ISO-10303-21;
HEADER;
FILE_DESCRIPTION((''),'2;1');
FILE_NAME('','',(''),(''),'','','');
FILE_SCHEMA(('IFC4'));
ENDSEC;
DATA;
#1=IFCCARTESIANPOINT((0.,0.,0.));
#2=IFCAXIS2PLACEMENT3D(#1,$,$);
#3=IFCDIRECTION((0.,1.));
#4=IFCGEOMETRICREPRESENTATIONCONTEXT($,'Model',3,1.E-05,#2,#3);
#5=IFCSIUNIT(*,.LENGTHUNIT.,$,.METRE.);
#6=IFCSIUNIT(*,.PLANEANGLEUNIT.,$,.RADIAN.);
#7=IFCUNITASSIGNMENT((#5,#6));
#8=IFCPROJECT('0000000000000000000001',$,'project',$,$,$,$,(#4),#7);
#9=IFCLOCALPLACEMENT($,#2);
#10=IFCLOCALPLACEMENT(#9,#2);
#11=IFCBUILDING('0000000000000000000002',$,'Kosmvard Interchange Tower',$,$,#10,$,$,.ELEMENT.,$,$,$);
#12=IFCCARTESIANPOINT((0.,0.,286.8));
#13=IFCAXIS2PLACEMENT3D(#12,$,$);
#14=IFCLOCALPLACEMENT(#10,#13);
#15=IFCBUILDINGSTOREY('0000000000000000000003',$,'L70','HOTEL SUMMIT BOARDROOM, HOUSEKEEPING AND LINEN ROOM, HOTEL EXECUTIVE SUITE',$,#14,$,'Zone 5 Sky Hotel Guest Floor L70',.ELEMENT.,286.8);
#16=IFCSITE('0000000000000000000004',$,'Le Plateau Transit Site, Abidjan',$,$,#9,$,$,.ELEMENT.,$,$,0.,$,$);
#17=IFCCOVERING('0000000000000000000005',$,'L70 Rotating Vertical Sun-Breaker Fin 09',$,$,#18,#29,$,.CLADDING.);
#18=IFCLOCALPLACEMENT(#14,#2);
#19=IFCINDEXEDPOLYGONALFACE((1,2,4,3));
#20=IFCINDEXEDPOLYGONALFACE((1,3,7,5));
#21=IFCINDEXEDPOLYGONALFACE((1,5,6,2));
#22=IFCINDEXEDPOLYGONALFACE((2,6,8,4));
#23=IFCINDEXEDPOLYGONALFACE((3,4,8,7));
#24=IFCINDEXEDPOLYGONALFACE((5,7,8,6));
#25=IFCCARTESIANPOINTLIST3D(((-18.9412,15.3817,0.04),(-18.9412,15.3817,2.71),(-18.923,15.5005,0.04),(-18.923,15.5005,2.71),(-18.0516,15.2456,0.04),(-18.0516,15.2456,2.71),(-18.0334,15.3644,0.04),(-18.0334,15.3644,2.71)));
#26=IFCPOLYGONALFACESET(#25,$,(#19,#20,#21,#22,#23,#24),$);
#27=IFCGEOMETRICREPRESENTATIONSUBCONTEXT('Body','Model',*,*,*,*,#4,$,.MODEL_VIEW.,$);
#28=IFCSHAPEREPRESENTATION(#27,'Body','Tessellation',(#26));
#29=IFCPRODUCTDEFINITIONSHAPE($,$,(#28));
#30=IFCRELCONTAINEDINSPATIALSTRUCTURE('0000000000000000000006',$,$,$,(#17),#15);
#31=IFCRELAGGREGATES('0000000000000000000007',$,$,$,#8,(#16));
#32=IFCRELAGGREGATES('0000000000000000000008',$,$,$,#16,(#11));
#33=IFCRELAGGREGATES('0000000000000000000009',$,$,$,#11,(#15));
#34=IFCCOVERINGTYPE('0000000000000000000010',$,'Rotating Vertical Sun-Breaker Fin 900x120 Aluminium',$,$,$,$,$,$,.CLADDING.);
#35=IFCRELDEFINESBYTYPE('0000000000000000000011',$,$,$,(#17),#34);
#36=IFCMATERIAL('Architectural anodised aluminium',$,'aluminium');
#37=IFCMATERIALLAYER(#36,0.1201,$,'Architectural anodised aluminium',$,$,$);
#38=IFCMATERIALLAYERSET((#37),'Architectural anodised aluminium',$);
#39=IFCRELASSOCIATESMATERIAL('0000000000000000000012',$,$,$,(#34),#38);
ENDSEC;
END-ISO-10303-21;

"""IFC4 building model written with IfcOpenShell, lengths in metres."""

from ifc_helpers import new_model, si_unit, direction, frame, origin, origin_2d, place, context, subcontext, project, spatial, rectangle, extrude, source, transform, mapped, material, layer, layer_set, type_object, element, save


model = new_model("IFC4")

# Units and contexts
model_context = context("Model", 3, precision=1e-05, world=origin(), true_north=direction((0.0, 1.0)))
body_context = subcontext(model_context, "Body", "Model", "MODEL_VIEW")
ifc_project = project(units=[si_unit("LENGTHUNIT", "METRE"), si_unit("PLANEANGLEUNIT", "RADIAN")], contexts=[model_context])

# Site, building, storey
site_placement = place(None, origin())
site = spatial("IfcSite", under=ifc_project, at=site_placement, Name="Le Plateau Transit Site, Abidjan", CompositionType="ELEMENT", RefElevation=0.0)
building_placement = place(site_placement, origin())
building = spatial("IfcBuilding", under=site, at=building_placement, Name="Kosmvard Interchange Tower", CompositionType="ELEMENT")
storey_placement = place(building_placement, frame((0.0, 0.0, 286.8)))
storey = spatial("IfcBuildingStorey", under=building, at=storey_placement, Name="L70", Description="HOTEL SUMMIT BOARDROOM, HOUSEKEEPING AND LINEN ROOM, HOTEL EXECUTIVE SUITE", LongName="Zone 5 Sky Hotel Guest Floor L70", CompositionType="ELEMENT", Elevation=286.8)

# Covering
ifc_material_1 = material(Name="Architectural anodised aluminium", Category="aluminium")
ifc_layer_1 = layer(ifc_material_1, 0.1201, Name="Architectural anodised aluminium")
ifc_layer_set_1 = layer_set([ifc_layer_1], Name="Architectural anodised aluminium")
covering_type = type_object("IfcCoveringType", Name="Rotating Vertical Sun-Breaker Fin 900x120 Aluminium", PredefinedType="CLADDING", material=ifc_layer_set_1)
shared_shape_1 = source(origin(), body_context, "Body", "SweptSolid", [
    extrude(rectangle(XDim=0.8999, YDim=0.1201, at=origin_2d()), origin(), (0.0, 0.0, 1.0), 2.6699),
])
covering_placement = place(storey_placement, frame((-18.4873, 15.373, 0.04), z_axis=(0.0, 0.0, 1.0), x_axis=(-0.988494, 0.151261, 0.0)))
element("IfcCovering", 1, at=covering_placement, inside=storey, type_object=covering_type, Name="L70 Rotating Vertical Sun-Breaker Fin 09", PredefinedType="CLADDING", context=body_context, shape_type="MappedRepresentation", body=[
    mapped(shared_shape_1, transform((0.0, 0.0, 0.0), scale=1.0)),
])

save(model, "model.ifc")
